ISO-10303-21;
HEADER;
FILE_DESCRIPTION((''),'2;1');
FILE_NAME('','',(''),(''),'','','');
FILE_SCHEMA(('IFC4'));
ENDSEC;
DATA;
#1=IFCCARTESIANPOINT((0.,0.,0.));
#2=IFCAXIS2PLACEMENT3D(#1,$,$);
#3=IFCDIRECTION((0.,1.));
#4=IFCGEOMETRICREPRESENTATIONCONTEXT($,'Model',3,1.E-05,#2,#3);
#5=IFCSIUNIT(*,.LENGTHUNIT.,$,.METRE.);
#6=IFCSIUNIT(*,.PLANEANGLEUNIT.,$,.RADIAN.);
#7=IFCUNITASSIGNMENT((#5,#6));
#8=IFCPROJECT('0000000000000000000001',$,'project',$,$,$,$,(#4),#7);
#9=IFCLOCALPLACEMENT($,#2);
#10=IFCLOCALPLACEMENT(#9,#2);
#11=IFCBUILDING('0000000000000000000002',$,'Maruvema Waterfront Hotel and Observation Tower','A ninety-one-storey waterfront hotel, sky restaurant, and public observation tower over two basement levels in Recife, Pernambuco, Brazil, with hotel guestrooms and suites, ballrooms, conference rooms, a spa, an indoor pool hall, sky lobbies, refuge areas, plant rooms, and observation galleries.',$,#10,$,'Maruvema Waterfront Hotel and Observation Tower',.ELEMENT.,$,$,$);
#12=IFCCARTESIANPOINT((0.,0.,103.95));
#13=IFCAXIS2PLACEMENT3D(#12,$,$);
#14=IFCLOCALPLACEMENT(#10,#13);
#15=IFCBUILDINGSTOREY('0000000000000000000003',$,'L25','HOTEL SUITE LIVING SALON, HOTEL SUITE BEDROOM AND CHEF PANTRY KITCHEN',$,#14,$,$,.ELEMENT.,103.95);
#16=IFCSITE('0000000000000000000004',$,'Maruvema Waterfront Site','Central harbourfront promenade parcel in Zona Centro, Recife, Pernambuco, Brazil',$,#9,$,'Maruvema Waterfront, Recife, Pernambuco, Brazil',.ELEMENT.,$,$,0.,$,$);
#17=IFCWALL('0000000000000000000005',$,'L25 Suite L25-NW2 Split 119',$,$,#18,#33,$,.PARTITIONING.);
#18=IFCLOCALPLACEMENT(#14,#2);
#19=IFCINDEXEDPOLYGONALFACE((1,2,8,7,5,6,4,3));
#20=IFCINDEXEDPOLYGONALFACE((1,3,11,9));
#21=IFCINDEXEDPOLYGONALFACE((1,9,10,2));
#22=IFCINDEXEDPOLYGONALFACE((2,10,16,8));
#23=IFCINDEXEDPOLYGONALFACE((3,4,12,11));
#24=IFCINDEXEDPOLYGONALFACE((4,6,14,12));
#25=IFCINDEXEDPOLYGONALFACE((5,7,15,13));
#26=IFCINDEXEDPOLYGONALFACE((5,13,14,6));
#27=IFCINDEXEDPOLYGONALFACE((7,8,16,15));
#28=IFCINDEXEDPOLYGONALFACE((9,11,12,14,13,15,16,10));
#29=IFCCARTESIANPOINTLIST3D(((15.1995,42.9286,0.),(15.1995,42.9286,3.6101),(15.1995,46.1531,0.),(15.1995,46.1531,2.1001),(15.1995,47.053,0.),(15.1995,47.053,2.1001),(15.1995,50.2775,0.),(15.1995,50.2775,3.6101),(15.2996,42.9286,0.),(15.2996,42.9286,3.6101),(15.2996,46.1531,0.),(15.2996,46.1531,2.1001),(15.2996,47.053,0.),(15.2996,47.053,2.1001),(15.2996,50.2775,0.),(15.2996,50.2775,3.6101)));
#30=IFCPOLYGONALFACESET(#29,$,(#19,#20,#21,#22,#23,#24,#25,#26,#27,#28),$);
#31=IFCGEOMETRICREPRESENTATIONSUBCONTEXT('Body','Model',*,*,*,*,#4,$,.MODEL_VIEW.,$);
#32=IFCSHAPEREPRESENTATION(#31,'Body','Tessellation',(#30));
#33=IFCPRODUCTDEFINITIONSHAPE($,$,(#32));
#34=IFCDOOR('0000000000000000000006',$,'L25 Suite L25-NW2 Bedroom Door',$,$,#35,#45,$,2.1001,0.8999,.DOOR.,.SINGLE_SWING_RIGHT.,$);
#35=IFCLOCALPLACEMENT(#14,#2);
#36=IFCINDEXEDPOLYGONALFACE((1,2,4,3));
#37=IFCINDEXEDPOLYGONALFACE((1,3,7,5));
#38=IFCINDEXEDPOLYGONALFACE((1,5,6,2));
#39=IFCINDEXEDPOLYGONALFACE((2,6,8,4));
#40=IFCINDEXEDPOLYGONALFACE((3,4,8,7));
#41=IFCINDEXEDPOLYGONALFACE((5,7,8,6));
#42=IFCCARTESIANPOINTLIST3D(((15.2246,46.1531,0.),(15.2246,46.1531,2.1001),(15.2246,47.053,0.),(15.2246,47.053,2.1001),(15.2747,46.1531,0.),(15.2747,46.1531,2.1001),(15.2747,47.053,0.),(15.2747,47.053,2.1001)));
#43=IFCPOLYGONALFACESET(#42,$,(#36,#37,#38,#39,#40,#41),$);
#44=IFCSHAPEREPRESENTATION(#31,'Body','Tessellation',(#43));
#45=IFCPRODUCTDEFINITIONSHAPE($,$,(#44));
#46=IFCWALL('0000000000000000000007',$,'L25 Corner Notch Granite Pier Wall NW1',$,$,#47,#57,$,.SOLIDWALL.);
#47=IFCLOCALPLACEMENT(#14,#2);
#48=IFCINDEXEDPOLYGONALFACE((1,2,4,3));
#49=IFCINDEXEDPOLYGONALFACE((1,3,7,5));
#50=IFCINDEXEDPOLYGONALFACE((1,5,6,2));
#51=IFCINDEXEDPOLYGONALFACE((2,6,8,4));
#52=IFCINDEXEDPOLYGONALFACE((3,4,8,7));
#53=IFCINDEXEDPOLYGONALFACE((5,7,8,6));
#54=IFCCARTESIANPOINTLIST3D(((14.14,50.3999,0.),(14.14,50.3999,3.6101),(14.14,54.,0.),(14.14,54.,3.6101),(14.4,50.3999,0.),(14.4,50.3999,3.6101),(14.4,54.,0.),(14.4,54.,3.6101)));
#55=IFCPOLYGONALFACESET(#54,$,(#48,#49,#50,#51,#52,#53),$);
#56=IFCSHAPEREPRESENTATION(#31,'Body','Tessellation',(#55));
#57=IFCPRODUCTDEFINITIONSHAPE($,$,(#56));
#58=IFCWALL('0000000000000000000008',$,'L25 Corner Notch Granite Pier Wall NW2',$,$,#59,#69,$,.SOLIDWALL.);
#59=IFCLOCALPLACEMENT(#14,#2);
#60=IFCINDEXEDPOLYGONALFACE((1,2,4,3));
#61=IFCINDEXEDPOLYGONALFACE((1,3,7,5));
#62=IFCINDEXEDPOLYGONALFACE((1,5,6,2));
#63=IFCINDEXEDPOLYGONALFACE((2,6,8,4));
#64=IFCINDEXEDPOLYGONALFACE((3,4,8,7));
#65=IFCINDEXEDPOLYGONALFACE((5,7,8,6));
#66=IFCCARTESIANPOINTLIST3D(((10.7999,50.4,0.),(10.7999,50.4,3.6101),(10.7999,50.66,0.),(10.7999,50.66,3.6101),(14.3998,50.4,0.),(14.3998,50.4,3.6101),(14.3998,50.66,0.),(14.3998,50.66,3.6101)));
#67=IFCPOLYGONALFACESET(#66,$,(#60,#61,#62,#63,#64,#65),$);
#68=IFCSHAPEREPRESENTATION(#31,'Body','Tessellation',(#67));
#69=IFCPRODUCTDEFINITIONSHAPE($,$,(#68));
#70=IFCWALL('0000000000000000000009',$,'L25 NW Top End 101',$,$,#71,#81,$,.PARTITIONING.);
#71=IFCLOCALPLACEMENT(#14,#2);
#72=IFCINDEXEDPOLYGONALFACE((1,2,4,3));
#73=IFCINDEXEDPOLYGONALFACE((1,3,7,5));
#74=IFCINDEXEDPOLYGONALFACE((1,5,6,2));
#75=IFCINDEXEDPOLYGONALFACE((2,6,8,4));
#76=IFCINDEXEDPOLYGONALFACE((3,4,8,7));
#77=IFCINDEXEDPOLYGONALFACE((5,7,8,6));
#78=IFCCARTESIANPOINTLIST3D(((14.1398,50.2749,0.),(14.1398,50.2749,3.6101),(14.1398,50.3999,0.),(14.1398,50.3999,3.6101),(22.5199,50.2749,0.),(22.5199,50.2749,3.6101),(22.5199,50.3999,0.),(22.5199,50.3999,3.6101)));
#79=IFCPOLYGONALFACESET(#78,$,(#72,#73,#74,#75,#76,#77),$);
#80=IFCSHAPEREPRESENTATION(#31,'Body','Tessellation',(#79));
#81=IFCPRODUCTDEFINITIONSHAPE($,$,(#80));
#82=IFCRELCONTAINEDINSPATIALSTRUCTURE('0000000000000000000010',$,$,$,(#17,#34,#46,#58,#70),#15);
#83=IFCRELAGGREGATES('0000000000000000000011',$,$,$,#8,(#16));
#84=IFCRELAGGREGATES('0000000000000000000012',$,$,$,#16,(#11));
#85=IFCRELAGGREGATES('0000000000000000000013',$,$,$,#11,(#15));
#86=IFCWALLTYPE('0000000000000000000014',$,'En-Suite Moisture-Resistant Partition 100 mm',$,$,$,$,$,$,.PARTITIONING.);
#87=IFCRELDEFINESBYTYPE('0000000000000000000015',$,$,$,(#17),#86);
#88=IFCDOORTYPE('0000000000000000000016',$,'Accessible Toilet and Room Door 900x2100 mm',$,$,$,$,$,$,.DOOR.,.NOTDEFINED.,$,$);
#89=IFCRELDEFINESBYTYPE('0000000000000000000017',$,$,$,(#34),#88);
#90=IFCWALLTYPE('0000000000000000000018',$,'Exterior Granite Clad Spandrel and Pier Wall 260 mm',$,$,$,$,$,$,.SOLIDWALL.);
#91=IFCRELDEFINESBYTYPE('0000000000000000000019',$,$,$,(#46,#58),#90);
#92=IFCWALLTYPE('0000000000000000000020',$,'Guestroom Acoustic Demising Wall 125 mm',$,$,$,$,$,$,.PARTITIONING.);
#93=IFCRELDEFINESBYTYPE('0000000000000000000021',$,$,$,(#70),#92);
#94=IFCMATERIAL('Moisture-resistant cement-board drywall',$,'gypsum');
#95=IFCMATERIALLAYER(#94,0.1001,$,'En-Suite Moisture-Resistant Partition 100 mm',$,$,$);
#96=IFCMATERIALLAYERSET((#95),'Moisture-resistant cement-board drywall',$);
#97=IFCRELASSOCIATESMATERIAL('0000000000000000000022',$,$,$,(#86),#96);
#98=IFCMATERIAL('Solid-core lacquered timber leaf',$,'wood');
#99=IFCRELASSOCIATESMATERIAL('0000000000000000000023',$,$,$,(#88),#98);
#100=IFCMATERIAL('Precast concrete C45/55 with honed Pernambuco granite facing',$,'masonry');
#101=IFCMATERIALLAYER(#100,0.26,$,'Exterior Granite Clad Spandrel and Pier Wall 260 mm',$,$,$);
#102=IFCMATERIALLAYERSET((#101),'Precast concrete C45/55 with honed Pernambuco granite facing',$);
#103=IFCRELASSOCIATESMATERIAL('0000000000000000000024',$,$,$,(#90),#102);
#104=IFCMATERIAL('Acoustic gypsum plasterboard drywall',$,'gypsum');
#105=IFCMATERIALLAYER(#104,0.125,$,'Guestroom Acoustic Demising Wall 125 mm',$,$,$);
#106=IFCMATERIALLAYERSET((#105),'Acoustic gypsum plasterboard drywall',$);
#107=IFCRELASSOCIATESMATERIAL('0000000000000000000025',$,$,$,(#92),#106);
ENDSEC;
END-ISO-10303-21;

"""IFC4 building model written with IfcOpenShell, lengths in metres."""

from ifc_helpers import new_model, si_unit, direction, frame, frame_2d, origin, place, context, subcontext, project, spatial, rectangle, extrude, material, layer, layer_set, type_object, element, fill, save


model = new_model("IFC4")

# Units and contexts
model_context = context("Model", 3, precision=1e-05, world=origin(), true_north=direction((0.0, 1.0)))
body_context = subcontext(model_context, "Body", "Model", "MODEL_VIEW")
ifc_project = project(units=[si_unit("LENGTHUNIT", "METRE"), si_unit("PLANEANGLEUNIT", "RADIAN")], contexts=[model_context])

# Site, building, storey
site_placement = place(None, origin())
site = spatial("IfcSite", under=ifc_project, at=site_placement, Name="Maruvema Waterfront Site", Description="Central harbourfront promenade parcel in Zona Centro, Recife, Pernambuco, Brazil", LongName="Maruvema Waterfront, Recife, Pernambuco, Brazil", CompositionType="ELEMENT", RefElevation=0.0)
building_placement = place(site_placement, origin())
building = spatial("IfcBuilding", under=site, at=building_placement, Name="Maruvema Waterfront Hotel and Observation Tower", Description="A ninety-one-storey waterfront hotel, sky restaurant, and public observation tower over two basement levels in Recife, Pernambuco, Brazil, with hotel guestrooms and suites, ballrooms, conference rooms, a spa, an indoor pool hall, sky lobbies, refuge areas, plant rooms, and observation galleries.", LongName="Maruvema Waterfront Hotel and Observation Tower", CompositionType="ELEMENT")
storey_placement = place(building_placement, frame((0.0, 0.0, 103.95)))
storey = spatial("IfcBuildingStorey", under=building, at=storey_placement, Name="L25", Description="HOTEL SUITE LIVING SALON, HOTEL SUITE BEDROOM AND CHEF PANTRY KITCHEN", CompositionType="ELEMENT", Elevation=103.95)

# Shared definitions
ifc_material_1 = material(Name="Moisture-resistant cement-board drywall", Category="gypsum")
ifc_layer_1 = layer(ifc_material_1, 0.1001, Name="En-Suite Moisture-Resistant Partition 100 mm")
ifc_layer_set_1 = layer_set([ifc_layer_1], Name="Moisture-resistant cement-board drywall")
wall_type_1 = type_object("IfcWallType", Name="En-Suite Moisture-Resistant Partition 100 mm", PredefinedType="PARTITIONING", material=ifc_layer_set_1)

# Wall, opening, door
wall_1_placement = place(storey_placement, frame((15.2495, 42.9287, 0.0), z_axis=(0.0, 0.0, 1.0), x_axis=(0.0, 1.0, 0.0)))
wall_1 = element("IfcWall", 1, at=wall_1_placement, inside=storey, type_object=wall_type_1, Name="L25 Suite L25-NW2 Split 119", PredefinedType="PARTITIONING", context=body_context, shape_type="SweptSolid", body=[
    extrude(rectangle(XDim=7.3489, YDim=0.1001, at=frame_2d((3.6743, 0.0))), origin(), (0.0, 0.0, 1.0), 3.6101),
])
opening_1_placement = place(wall_1_placement, frame((3.2244, 0.0, 0.0)))
opening_1 = element("IfcOpeningElement", 2, at=opening_1_placement, cuts=wall_1, PredefinedType="OPENING", context=body_context, shape_type="SweptSolid", body=[
    extrude(rectangle(XDim=0.8999, YDim=2.1001, at=frame_2d((0.45, 1.05))), frame((0.0, 0.0601, 0.0), z_axis=(0.0, -1.0, 0.0), x_axis=(1.0, 0.0, 0.0)), (0.0, 0.0, 1.0), 0.1201),
])
ifc_material_2 = material(Name="Solid-core lacquered timber leaf", Category="wood")
door_type_1 = type_object("IfcDoorType", Name="Accessible Toilet and Room Door 900x2100 mm", OperationType="NOTDEFINED", PredefinedType="DOOR", material=ifc_material_2)
door_1_placement = place(opening_1_placement, origin())
door_1 = element("IfcDoor", 3, at=door_1_placement, inside=storey, type_object=door_type_1, Name="L25 Suite L25-NW2 Bedroom Door", OperationType="SINGLE_SWING_RIGHT", OverallHeight=2.1001, OverallWidth=0.8999, PredefinedType="DOOR", context=body_context, shape_type="SweptSolid", body=[
    extrude(rectangle(XDim=0.8999, YDim=2.1001, at=frame_2d((0.45, 1.05))), frame((0.0, 0.0249, 0.0), z_axis=(0.0, -1.0, 0.0), x_axis=(1.0, 0.0, 0.0)), (0.0, 0.0, 1.0), 0.05),
])
fill(opening_1, door_1)

# Walls
ifc_material_3 = material(Name="Precast concrete C45/55 with honed Pernambuco granite facing", Category="masonry")
ifc_layer_2 = layer(ifc_material_3, 0.26, Name="Exterior Granite Clad Spandrel and Pier Wall 260 mm")
ifc_layer_set_2 = layer_set([ifc_layer_2], Name="Precast concrete C45/55 with honed Pernambuco granite facing")
wall_type_2 = type_object("IfcWallType", Name="Exterior Granite Clad Spandrel and Pier Wall 260 mm", PredefinedType="SOLIDWALL", material=ifc_layer_set_2)
wall_2_placement = place(storey_placement, frame((14.27, 50.3999, 0.0), z_axis=(0.0, 0.0, 1.0), x_axis=(0.0, 1.0, 0.0)))
element("IfcWall", 4, at=wall_2_placement, inside=storey, type_object=wall_type_2, Name="L25 Corner Notch Granite Pier Wall NW1", PredefinedType="SOLIDWALL", context=body_context, shape_type="SweptSolid", body=[
    extrude(rectangle(XDim=3.6001, YDim=0.26, at=frame_2d((1.8, 0.0))), origin(), (0.0, 0.0, 1.0), 3.6101),
])
wall_3_placement = place(storey_placement, frame((10.8, 50.53, 0.0), z_axis=(0.0, 0.0, 1.0), x_axis=(1.0, 0.0, 0.0)))
element("IfcWall", 5, at=wall_3_placement, inside=storey, type_object=wall_type_2, Name="L25 Corner Notch Granite Pier Wall NW2", PredefinedType="SOLIDWALL", context=body_context, shape_type="SweptSolid", body=[
    extrude(rectangle(XDim=3.5999, YDim=0.26, at=frame_2d((1.7998, 0.0))), origin(), (0.0, 0.0, 1.0), 3.6101),
])
ifc_material_4 = material(Name="Acoustic gypsum plasterboard drywall", Category="gypsum")
ifc_layer_3 = layer(ifc_material_4, 0.125, Name="Guestroom Acoustic Demising Wall 125 mm")
ifc_layer_set_3 = layer_set([ifc_layer_3], Name="Acoustic gypsum plasterboard drywall")
wall_type_3 = type_object("IfcWallType", Name="Guestroom Acoustic Demising Wall 125 mm", PredefinedType="PARTITIONING", material=ifc_layer_set_3)
wall_4_placement = place(storey_placement, frame((14.1399, 50.3374, 0.0), z_axis=(0.0, 0.0, 1.0), x_axis=(1.0, 0.0, 0.0)))
element("IfcWall", 6, at=wall_4_placement, inside=storey, type_object=wall_type_3, Name="L25 NW Top End 101", PredefinedType="PARTITIONING", context=body_context, shape_type="SweptSolid", body=[
    extrude(rectangle(XDim=8.3801, YDim=0.125, at=frame_2d((4.1899, 0.0))), origin(), (0.0, 0.0, 1.0), 3.6101),
])

save(model, "model.ifc")
